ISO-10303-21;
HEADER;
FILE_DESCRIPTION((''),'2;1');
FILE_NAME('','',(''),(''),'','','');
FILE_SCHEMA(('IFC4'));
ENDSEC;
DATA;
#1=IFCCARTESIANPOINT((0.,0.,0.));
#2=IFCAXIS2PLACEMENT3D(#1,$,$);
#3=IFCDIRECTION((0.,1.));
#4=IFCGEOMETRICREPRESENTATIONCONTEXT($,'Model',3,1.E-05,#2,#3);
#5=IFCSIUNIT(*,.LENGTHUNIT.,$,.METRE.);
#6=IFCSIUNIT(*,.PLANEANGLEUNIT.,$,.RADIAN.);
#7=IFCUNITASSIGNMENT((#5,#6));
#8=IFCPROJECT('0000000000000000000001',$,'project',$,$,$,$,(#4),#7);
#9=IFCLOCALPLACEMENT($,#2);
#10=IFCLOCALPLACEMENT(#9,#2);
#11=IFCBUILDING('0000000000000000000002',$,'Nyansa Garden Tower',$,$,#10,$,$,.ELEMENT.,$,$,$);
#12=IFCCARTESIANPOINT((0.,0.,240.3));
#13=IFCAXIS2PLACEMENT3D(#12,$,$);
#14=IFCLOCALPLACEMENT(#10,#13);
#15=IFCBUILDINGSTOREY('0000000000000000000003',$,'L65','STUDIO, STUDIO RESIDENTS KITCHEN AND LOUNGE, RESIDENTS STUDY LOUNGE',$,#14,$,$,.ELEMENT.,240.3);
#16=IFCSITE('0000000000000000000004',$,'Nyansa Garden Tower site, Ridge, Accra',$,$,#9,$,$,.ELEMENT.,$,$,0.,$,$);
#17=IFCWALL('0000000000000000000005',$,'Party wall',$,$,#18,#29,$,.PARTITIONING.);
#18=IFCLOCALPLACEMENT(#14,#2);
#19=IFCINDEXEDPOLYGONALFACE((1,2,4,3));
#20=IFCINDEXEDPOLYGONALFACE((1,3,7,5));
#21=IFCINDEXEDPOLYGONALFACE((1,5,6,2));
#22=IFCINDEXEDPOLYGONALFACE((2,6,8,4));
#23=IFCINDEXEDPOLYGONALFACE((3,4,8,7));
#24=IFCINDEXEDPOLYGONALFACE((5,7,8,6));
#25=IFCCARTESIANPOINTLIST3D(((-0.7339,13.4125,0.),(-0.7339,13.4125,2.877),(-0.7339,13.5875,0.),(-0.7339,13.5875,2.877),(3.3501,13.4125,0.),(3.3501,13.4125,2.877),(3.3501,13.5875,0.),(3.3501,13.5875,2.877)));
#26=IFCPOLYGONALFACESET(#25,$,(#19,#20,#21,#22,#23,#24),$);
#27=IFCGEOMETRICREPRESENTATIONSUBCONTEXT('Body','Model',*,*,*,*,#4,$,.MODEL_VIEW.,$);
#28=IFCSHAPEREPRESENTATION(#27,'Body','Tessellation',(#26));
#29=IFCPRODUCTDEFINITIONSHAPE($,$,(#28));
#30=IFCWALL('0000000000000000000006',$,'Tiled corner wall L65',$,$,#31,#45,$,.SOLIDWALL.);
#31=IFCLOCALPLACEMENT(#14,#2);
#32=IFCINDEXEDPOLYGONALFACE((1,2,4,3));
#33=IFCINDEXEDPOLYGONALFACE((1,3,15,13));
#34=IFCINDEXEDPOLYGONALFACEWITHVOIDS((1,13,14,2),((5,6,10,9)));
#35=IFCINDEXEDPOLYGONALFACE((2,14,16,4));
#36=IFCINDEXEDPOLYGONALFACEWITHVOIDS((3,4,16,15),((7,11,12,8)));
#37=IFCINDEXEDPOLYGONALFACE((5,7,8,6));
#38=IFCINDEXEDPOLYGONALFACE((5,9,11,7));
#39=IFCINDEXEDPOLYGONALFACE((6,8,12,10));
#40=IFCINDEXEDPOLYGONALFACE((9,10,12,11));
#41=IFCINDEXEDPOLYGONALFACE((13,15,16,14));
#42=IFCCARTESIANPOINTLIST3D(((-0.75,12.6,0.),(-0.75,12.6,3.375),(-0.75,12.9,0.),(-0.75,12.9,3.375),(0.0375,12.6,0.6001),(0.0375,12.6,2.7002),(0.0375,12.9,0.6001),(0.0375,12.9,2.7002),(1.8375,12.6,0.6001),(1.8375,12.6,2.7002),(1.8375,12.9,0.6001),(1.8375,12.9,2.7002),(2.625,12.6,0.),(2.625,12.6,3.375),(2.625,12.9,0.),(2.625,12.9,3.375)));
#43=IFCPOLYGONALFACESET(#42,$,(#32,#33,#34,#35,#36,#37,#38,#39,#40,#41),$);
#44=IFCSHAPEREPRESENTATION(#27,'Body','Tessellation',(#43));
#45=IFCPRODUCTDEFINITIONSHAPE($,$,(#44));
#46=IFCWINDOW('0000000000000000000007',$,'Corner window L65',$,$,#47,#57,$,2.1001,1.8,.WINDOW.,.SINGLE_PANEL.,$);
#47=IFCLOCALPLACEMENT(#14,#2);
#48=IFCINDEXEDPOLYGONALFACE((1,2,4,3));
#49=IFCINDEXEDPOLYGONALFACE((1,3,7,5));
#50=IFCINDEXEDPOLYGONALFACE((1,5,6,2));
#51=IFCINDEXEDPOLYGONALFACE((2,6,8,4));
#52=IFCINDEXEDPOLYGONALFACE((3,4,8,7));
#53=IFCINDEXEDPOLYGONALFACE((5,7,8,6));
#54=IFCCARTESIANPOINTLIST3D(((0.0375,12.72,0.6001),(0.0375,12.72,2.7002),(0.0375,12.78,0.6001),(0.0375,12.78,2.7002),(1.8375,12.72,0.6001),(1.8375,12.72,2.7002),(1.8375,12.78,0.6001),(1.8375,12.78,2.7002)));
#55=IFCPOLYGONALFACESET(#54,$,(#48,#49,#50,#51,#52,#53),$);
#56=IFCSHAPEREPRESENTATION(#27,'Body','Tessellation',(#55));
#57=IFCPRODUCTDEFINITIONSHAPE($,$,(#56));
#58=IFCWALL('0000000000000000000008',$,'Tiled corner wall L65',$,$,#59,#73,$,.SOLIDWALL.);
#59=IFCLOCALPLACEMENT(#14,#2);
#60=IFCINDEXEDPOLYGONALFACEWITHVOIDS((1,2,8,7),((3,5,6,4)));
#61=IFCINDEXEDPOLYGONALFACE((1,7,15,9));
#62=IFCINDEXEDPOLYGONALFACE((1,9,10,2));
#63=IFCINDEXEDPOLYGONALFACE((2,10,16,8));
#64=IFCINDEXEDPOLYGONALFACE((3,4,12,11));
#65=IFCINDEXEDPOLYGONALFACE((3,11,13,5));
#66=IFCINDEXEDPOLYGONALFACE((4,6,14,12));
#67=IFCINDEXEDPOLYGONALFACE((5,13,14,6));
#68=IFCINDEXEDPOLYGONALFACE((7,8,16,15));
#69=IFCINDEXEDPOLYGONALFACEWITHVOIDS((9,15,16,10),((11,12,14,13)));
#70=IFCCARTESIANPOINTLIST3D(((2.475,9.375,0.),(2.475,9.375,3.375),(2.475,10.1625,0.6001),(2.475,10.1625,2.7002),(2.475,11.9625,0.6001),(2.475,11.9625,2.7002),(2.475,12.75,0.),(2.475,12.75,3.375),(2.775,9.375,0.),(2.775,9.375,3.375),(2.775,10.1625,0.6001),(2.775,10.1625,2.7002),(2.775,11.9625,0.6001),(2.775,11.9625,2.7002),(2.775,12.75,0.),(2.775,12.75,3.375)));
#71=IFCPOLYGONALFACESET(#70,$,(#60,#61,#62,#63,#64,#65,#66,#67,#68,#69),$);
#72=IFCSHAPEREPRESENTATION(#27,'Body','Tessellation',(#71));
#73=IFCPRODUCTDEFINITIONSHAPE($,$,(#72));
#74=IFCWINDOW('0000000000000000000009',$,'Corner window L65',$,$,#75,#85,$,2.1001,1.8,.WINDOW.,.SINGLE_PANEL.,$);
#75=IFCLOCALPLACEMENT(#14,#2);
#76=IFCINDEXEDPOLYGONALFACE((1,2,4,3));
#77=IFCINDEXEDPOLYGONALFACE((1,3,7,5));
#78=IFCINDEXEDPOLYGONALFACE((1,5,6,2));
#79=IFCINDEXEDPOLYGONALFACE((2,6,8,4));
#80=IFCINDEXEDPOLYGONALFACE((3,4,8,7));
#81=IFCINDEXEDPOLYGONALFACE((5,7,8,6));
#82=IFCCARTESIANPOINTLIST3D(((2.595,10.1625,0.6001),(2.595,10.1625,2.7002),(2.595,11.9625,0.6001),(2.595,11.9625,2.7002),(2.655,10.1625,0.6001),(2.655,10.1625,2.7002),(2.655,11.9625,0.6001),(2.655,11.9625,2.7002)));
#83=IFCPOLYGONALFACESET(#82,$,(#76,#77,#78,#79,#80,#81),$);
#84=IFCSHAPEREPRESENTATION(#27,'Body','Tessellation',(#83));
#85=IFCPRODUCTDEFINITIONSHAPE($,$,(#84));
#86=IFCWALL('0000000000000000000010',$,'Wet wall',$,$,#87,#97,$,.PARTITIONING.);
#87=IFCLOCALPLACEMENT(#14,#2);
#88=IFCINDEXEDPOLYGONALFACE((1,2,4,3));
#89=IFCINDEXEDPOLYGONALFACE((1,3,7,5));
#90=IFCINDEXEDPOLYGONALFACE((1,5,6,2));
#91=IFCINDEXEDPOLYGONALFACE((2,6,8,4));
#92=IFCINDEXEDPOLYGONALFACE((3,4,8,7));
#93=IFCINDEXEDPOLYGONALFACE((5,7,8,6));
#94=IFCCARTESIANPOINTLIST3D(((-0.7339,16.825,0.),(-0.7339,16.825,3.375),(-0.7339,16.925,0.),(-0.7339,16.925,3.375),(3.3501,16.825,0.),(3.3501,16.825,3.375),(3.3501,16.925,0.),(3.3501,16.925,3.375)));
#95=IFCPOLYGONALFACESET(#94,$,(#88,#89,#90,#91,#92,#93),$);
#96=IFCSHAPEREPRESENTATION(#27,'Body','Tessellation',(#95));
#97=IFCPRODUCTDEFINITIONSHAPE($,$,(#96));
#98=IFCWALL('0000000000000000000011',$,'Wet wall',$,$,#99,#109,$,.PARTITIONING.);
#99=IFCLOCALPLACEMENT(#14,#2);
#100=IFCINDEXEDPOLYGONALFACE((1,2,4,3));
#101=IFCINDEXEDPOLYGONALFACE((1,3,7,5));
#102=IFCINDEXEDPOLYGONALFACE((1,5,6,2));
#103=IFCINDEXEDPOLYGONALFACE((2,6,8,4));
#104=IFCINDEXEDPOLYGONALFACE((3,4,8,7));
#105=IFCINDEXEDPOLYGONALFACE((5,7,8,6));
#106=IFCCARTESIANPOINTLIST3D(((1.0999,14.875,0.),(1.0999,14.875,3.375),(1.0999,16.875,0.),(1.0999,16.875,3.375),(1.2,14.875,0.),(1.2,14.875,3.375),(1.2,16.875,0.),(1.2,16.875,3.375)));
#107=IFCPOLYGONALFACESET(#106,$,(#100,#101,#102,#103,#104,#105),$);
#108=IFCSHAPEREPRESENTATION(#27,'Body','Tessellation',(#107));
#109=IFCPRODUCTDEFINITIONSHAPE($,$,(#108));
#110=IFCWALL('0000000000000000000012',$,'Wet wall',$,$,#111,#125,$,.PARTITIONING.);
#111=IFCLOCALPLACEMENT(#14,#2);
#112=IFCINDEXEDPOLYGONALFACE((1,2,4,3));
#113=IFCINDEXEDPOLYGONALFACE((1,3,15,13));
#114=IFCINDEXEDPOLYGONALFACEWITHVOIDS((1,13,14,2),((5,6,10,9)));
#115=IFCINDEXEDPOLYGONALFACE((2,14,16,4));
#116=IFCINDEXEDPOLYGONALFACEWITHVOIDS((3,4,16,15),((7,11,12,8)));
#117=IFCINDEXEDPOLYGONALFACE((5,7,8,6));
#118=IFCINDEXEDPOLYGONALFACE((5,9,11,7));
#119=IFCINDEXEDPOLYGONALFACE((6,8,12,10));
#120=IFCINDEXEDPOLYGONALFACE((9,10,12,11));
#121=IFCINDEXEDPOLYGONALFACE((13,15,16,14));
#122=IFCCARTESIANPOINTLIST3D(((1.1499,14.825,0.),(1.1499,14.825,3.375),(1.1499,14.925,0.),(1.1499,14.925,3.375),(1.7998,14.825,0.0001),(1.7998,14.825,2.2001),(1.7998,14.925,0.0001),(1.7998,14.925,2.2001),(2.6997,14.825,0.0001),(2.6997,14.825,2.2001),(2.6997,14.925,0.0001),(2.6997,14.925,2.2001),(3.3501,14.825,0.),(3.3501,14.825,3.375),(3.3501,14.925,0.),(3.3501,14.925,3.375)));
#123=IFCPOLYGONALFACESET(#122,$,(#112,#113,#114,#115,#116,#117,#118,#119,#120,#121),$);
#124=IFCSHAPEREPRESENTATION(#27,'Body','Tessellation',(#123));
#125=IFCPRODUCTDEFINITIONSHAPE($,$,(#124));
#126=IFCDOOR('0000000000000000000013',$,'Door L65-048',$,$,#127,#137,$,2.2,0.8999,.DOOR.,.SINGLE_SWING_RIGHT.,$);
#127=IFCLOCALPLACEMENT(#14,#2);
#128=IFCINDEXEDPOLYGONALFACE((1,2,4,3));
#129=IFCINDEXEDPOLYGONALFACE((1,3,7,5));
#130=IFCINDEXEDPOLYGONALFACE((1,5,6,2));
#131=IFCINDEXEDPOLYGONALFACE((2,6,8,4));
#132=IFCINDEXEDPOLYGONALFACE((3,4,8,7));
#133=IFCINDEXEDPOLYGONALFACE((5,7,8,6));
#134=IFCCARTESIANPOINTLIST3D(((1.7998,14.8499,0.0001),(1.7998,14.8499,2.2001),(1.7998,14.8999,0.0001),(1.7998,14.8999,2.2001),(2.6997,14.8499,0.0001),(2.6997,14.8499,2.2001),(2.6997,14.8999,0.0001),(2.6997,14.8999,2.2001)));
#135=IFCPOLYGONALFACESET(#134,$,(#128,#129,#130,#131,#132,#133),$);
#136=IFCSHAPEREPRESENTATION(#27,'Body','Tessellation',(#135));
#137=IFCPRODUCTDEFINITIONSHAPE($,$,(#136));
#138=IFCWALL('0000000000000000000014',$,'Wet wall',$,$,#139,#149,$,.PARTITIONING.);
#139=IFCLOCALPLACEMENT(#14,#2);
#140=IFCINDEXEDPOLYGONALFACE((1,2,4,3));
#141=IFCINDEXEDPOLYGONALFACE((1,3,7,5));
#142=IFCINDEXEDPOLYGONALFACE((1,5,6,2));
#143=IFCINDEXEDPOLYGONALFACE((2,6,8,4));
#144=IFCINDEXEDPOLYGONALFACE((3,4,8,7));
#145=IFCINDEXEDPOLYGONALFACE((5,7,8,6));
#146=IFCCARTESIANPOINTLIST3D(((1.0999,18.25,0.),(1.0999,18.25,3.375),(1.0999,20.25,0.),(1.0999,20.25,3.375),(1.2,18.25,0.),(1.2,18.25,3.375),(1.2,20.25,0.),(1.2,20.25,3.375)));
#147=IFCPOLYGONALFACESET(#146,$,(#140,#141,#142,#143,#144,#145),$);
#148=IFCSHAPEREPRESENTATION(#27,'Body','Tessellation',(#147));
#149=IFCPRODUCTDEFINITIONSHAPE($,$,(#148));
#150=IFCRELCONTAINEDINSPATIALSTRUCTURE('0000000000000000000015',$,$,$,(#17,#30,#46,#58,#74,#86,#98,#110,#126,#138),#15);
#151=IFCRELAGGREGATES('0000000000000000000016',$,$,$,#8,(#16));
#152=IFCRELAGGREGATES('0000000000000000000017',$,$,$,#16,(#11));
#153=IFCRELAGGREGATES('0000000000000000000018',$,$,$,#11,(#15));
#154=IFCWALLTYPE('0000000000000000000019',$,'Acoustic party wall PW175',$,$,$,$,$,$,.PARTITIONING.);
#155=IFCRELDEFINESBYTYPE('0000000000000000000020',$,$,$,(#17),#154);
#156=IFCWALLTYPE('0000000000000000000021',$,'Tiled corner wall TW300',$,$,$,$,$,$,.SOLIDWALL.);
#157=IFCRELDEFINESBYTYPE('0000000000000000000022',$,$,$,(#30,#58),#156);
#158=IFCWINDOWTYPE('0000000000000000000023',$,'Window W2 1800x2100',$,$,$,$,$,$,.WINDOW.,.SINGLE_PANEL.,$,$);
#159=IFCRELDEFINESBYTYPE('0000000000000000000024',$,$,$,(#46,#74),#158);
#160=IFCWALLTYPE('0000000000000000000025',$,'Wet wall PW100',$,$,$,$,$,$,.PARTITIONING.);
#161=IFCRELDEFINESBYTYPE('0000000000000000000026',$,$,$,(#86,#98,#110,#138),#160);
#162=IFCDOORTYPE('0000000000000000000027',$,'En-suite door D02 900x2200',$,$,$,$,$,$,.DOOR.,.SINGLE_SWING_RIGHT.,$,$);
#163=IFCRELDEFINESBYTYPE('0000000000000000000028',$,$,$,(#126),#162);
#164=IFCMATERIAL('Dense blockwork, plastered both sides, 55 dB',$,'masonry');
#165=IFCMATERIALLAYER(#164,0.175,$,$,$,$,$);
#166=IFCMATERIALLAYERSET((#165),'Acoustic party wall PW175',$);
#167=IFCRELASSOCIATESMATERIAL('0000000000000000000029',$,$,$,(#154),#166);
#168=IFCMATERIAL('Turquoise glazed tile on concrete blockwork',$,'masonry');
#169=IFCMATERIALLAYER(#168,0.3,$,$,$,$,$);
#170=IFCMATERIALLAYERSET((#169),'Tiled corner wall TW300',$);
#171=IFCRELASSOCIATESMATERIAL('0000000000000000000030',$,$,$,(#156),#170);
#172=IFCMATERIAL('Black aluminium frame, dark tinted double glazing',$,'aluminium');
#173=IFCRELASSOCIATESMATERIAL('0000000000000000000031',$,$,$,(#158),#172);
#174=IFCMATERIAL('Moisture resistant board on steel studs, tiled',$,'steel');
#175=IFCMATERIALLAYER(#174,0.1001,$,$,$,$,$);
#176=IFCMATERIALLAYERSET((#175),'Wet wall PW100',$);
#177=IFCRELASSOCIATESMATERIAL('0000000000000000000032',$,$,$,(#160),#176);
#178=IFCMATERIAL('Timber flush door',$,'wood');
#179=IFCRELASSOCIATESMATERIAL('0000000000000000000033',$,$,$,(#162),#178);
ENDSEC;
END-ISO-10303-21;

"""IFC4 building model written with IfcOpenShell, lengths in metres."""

from ifc_helpers import new_model, si_unit, direction, frame, frame_2d, origin, place, context, subcontext, project, spatial, rectangle, extrude, material, layer, layer_set, type_object, element, fill, save


model = new_model("IFC4")

# Units and contexts
model_context = context("Model", 3, precision=1e-05, world=origin(), true_north=direction((0.0, 1.0)))
body_context = subcontext(model_context, "Body", "Model", "MODEL_VIEW")
ifc_project = project(units=[si_unit("LENGTHUNIT", "METRE"), si_unit("PLANEANGLEUNIT", "RADIAN")], contexts=[model_context])

# Site, building, storey
site_placement = place(None, origin())
site = spatial("IfcSite", under=ifc_project, at=site_placement, Name="Nyansa Garden Tower site, Ridge, Accra", CompositionType="ELEMENT", RefElevation=0.0)
building_placement = place(site_placement, origin())
building = spatial("IfcBuilding", under=site, at=building_placement, Name="Nyansa Garden Tower", CompositionType="ELEMENT")
storey_placement = place(building_placement, frame((0.0, 0.0, 240.3)))
storey = spatial("IfcBuildingStorey", under=building, at=storey_placement, Name="L65", Description="STUDIO, STUDIO RESIDENTS KITCHEN AND LOUNGE, RESIDENTS STUDY LOUNGE", CompositionType="ELEMENT", Elevation=240.3)

# Wall
ifc_material_1 = material(Name="Dense blockwork, plastered both sides, 55 dB", Category="masonry")
ifc_layer_1 = layer(ifc_material_1, 0.175)
ifc_layer_set_1 = layer_set([ifc_layer_1], Name="Acoustic party wall PW175")
wall_type_1 = type_object("IfcWallType", Name="Acoustic party wall PW175", PredefinedType="PARTITIONING", material=ifc_layer_set_1)
wall_1_placement = place(storey_placement, frame((-0.7339, 13.5, 0.0), z_axis=(0.0, 0.0, 1.0), x_axis=(1.0, 0.0, 0.0)))
element("IfcWall", 1, at=wall_1_placement, inside=storey, type_object=wall_type_1, Name="Party wall", PredefinedType="PARTITIONING", context=body_context, shape_type="SweptSolid", body=[
    extrude(rectangle(XDim=4.084, YDim=0.175, at=frame_2d((2.042, 0.0))), origin(), (0.0, 0.0, 1.0), 2.877),
])

# Walls, openings, windows
ifc_material_2 = material(Name="Turquoise glazed tile on concrete blockwork", Category="masonry")
ifc_layer_2 = layer(ifc_material_2, 0.3)
ifc_layer_set_2 = layer_set([ifc_layer_2], Name="Tiled corner wall TW300")
wall_type_2 = type_object("IfcWallType", Name="Tiled corner wall TW300", PredefinedType="SOLIDWALL", material=ifc_layer_set_2)
wall_2_placement = place(storey_placement, frame((-0.75, 12.75, 0.0), z_axis=(0.0, 0.0, 1.0), x_axis=(1.0, 0.0, 0.0)))
wall_2 = element("IfcWall", 2, at=wall_2_placement, inside=storey, type_object=wall_type_2, Name="Tiled corner wall L65", PredefinedType="SOLIDWALL", context=body_context, shape_type="SweptSolid", body=[
    extrude(rectangle(XDim=3.375, YDim=0.3, at=frame_2d((1.6875, 0.0))), origin(), (0.0, 0.0, 1.0), 3.375),
])
opening_1_placement = place(wall_2_placement, frame((0.7876, 0.0, 0.6001)))
opening_1 = element("IfcOpeningElement", 3, at=opening_1_placement, cuts=wall_2, PredefinedType="OPENING", context=body_context, shape_type="SweptSolid", body=[
    extrude(rectangle(XDim=1.8, YDim=2.1001, at=frame_2d((0.8999, 1.05))), frame((0.0, 0.1599, 0.0), z_axis=(0.0, -1.0, 0.0), x_axis=(1.0, 0.0, 0.0)), (0.0, 0.0, 1.0), 0.3201),
])
ifc_material_3 = material(Name="Black aluminium frame, dark tinted double glazing", Category="aluminium")
window_type = type_object("IfcWindowType", Name="Window W2 1800x2100", PartitioningType="SINGLE_PANEL", PredefinedType="WINDOW", material=ifc_material_3)
window_1_placement = place(opening_1_placement, origin())
window_1 = element("IfcWindow", 4, at=window_1_placement, inside=storey, type_object=window_type, Name="Corner window L65", OverallHeight=2.1001, OverallWidth=1.8, PartitioningType="SINGLE_PANEL", PredefinedType="WINDOW", context=body_context, shape_type="SweptSolid", body=[
    extrude(rectangle(XDim=1.8, YDim=2.1001, at=frame_2d((0.8999, 1.05))), frame((0.0, 0.03, 0.0), z_axis=(0.0, -1.0, 0.0), x_axis=(1.0, 0.0, 0.0)), (0.0, 0.0, 1.0), 0.0601),
])
fill(opening_1, window_1)
wall_3_placement = place(storey_placement, frame((2.625, 12.75, 0.0), z_axis=(0.0, 0.0, 1.0), x_axis=(0.0, -1.0, 0.0)))
wall_3 = element("IfcWall", 5, at=wall_3_placement, inside=storey, type_object=wall_type_2, Name="Tiled corner wall L65", PredefinedType="SOLIDWALL", context=body_context, shape_type="SweptSolid", body=[
    extrude(rectangle(XDim=3.375, YDim=0.3, at=frame_2d((1.6875, 0.0))), origin(), (0.0, 0.0, 1.0), 3.375),
])
opening_2_placement = place(wall_3_placement, frame((0.7876, 0.0, 0.6001)))
opening_2 = element("IfcOpeningElement", 6, at=opening_2_placement, cuts=wall_3, PredefinedType="OPENING", context=body_context, shape_type="SweptSolid", body=[
    extrude(rectangle(XDim=1.8, YDim=2.1001, at=frame_2d((0.8999, 1.05))), frame((0.0, 0.1599, 0.0), z_axis=(0.0, -1.0, 0.0), x_axis=(1.0, 0.0, 0.0)), (0.0, 0.0, 1.0), 0.3201),
])
window_2_placement = place(opening_2_placement, origin())
window_2 = element("IfcWindow", 7, at=window_2_placement, inside=storey, type_object=window_type, Name="Corner window L65", OverallHeight=2.1001, OverallWidth=1.8, PartitioningType="SINGLE_PANEL", PredefinedType="WINDOW", context=body_context, shape_type="SweptSolid", body=[
    extrude(rectangle(XDim=1.8, YDim=2.1001, at=frame_2d((0.8999, 1.05))), frame((0.0, 0.03, 0.0), z_axis=(0.0, -1.0, 0.0), x_axis=(1.0, 0.0, 0.0)), (0.0, 0.0, 1.0), 0.0601),
])
fill(opening_2, window_2)

# Walls
ifc_material_4 = material(Name="Moisture resistant board on steel studs, tiled", Category="steel")
ifc_layer_3 = layer(ifc_material_4, 0.1001)
ifc_layer_set_3 = layer_set([ifc_layer_3], Name="Wet wall PW100")
wall_type_3 = type_object("IfcWallType", Name="Wet wall PW100", PredefinedType="PARTITIONING", material=ifc_layer_set_3)
wall_4_placement = place(storey_placement, frame((-0.7339, 16.875, 0.0), z_axis=(0.0, 0.0, 1.0), x_axis=(1.0, 0.0, 0.0)))
element("IfcWall", 8, at=wall_4_placement, inside=storey, type_object=wall_type_3, Name="Wet wall", PredefinedType="PARTITIONING", context=body_context, shape_type="SweptSolid", body=[
    extrude(rectangle(XDim=4.084, YDim=0.1001, at=frame_2d((2.042, 0.0))), origin(), (0.0, 0.0, 1.0), 3.375),
])
wall_5_placement = place(storey_placement, frame((1.1499, 14.875, 0.0), z_axis=(0.0, 0.0, 1.0), x_axis=(0.0, 1.0, 0.0)))
element("IfcWall", 9, at=wall_5_placement, inside=storey, type_object=wall_type_3, Name="Wet wall", PredefinedType="PARTITIONING", context=body_context, shape_type="SweptSolid", body=[
    extrude(rectangle(XDim=2.0, YDim=0.1001, at=frame_2d((1.0, 0.0))), origin(), (0.0, 0.0, 1.0), 3.375),
])

# Wall, opening, door
wall_6_placement = place(storey_placement, frame((1.1499, 14.875, 0.0), z_axis=(0.0, 0.0, 1.0), x_axis=(1.0, 0.0, 0.0)))
wall_6 = element("IfcWall", 10, at=wall_6_placement, inside=storey, type_object=wall_type_3, Name="Wet wall", PredefinedType="PARTITIONING", context=body_context, shape_type="SweptSolid", body=[
    extrude(rectangle(XDim=2.2002, YDim=0.1001, at=frame_2d((1.1001, 0.0))), origin(), (0.0, 0.0, 1.0), 3.375),
])
opening_3_placement = place(wall_6_placement, frame((0.6499, 0.0, 0.0)))
opening_3 = element("IfcOpeningElement", 11, at=opening_3_placement, cuts=wall_6, PredefinedType="OPENING", context=body_context, shape_type="SweptSolid", body=[
    extrude(rectangle(XDim=0.8999, YDim=2.2, at=frame_2d((0.45, 1.1001))), frame((0.0, 0.0601, 0.0), z_axis=(0.0, -1.0, 0.0), x_axis=(1.0, 0.0, 0.0)), (0.0, 0.0, 1.0), 0.1201),
])
ifc_material_5 = material(Name="Timber flush door", Category="wood")
door_type = type_object("IfcDoorType", Name="En-suite door D02 900x2200", OperationType="SINGLE_SWING_RIGHT", PredefinedType="DOOR", material=ifc_material_5)
door_1_placement = place(opening_3_placement, origin())
door_1 = element("IfcDoor", 12, at=door_1_placement, inside=storey, type_object=door_type, Name="Door L65-048", OperationType="SINGLE_SWING_RIGHT", OverallHeight=2.2, OverallWidth=0.8999, PredefinedType="DOOR", context=body_context, shape_type="SweptSolid", body=[
    extrude(rectangle(XDim=0.8999, YDim=2.2, at=frame_2d((0.45, 1.1001))), frame((0.0, 0.0249, 0.0), z_axis=(0.0, -1.0, 0.0), x_axis=(1.0, 0.0, 0.0)), (0.0, 0.0, 1.0), 0.05),
])
fill(opening_3, door_1)

# Wall
wall_7_placement = place(storey_placement, frame((1.1499, 18.25, 0.0), z_axis=(0.0, 0.0, 1.0), x_axis=(0.0, 1.0, 0.0)))
element("IfcWall", 13, at=wall_7_placement, inside=storey, type_object=wall_type_3, Name="Wet wall", PredefinedType="PARTITIONING", context=body_context, shape_type="SweptSolid", body=[
    extrude(rectangle(XDim=2.0, YDim=0.1001, at=frame_2d((1.0, 0.0))), origin(), (0.0, 0.0, 1.0), 3.375),
])

save(model, "model.ifc")
